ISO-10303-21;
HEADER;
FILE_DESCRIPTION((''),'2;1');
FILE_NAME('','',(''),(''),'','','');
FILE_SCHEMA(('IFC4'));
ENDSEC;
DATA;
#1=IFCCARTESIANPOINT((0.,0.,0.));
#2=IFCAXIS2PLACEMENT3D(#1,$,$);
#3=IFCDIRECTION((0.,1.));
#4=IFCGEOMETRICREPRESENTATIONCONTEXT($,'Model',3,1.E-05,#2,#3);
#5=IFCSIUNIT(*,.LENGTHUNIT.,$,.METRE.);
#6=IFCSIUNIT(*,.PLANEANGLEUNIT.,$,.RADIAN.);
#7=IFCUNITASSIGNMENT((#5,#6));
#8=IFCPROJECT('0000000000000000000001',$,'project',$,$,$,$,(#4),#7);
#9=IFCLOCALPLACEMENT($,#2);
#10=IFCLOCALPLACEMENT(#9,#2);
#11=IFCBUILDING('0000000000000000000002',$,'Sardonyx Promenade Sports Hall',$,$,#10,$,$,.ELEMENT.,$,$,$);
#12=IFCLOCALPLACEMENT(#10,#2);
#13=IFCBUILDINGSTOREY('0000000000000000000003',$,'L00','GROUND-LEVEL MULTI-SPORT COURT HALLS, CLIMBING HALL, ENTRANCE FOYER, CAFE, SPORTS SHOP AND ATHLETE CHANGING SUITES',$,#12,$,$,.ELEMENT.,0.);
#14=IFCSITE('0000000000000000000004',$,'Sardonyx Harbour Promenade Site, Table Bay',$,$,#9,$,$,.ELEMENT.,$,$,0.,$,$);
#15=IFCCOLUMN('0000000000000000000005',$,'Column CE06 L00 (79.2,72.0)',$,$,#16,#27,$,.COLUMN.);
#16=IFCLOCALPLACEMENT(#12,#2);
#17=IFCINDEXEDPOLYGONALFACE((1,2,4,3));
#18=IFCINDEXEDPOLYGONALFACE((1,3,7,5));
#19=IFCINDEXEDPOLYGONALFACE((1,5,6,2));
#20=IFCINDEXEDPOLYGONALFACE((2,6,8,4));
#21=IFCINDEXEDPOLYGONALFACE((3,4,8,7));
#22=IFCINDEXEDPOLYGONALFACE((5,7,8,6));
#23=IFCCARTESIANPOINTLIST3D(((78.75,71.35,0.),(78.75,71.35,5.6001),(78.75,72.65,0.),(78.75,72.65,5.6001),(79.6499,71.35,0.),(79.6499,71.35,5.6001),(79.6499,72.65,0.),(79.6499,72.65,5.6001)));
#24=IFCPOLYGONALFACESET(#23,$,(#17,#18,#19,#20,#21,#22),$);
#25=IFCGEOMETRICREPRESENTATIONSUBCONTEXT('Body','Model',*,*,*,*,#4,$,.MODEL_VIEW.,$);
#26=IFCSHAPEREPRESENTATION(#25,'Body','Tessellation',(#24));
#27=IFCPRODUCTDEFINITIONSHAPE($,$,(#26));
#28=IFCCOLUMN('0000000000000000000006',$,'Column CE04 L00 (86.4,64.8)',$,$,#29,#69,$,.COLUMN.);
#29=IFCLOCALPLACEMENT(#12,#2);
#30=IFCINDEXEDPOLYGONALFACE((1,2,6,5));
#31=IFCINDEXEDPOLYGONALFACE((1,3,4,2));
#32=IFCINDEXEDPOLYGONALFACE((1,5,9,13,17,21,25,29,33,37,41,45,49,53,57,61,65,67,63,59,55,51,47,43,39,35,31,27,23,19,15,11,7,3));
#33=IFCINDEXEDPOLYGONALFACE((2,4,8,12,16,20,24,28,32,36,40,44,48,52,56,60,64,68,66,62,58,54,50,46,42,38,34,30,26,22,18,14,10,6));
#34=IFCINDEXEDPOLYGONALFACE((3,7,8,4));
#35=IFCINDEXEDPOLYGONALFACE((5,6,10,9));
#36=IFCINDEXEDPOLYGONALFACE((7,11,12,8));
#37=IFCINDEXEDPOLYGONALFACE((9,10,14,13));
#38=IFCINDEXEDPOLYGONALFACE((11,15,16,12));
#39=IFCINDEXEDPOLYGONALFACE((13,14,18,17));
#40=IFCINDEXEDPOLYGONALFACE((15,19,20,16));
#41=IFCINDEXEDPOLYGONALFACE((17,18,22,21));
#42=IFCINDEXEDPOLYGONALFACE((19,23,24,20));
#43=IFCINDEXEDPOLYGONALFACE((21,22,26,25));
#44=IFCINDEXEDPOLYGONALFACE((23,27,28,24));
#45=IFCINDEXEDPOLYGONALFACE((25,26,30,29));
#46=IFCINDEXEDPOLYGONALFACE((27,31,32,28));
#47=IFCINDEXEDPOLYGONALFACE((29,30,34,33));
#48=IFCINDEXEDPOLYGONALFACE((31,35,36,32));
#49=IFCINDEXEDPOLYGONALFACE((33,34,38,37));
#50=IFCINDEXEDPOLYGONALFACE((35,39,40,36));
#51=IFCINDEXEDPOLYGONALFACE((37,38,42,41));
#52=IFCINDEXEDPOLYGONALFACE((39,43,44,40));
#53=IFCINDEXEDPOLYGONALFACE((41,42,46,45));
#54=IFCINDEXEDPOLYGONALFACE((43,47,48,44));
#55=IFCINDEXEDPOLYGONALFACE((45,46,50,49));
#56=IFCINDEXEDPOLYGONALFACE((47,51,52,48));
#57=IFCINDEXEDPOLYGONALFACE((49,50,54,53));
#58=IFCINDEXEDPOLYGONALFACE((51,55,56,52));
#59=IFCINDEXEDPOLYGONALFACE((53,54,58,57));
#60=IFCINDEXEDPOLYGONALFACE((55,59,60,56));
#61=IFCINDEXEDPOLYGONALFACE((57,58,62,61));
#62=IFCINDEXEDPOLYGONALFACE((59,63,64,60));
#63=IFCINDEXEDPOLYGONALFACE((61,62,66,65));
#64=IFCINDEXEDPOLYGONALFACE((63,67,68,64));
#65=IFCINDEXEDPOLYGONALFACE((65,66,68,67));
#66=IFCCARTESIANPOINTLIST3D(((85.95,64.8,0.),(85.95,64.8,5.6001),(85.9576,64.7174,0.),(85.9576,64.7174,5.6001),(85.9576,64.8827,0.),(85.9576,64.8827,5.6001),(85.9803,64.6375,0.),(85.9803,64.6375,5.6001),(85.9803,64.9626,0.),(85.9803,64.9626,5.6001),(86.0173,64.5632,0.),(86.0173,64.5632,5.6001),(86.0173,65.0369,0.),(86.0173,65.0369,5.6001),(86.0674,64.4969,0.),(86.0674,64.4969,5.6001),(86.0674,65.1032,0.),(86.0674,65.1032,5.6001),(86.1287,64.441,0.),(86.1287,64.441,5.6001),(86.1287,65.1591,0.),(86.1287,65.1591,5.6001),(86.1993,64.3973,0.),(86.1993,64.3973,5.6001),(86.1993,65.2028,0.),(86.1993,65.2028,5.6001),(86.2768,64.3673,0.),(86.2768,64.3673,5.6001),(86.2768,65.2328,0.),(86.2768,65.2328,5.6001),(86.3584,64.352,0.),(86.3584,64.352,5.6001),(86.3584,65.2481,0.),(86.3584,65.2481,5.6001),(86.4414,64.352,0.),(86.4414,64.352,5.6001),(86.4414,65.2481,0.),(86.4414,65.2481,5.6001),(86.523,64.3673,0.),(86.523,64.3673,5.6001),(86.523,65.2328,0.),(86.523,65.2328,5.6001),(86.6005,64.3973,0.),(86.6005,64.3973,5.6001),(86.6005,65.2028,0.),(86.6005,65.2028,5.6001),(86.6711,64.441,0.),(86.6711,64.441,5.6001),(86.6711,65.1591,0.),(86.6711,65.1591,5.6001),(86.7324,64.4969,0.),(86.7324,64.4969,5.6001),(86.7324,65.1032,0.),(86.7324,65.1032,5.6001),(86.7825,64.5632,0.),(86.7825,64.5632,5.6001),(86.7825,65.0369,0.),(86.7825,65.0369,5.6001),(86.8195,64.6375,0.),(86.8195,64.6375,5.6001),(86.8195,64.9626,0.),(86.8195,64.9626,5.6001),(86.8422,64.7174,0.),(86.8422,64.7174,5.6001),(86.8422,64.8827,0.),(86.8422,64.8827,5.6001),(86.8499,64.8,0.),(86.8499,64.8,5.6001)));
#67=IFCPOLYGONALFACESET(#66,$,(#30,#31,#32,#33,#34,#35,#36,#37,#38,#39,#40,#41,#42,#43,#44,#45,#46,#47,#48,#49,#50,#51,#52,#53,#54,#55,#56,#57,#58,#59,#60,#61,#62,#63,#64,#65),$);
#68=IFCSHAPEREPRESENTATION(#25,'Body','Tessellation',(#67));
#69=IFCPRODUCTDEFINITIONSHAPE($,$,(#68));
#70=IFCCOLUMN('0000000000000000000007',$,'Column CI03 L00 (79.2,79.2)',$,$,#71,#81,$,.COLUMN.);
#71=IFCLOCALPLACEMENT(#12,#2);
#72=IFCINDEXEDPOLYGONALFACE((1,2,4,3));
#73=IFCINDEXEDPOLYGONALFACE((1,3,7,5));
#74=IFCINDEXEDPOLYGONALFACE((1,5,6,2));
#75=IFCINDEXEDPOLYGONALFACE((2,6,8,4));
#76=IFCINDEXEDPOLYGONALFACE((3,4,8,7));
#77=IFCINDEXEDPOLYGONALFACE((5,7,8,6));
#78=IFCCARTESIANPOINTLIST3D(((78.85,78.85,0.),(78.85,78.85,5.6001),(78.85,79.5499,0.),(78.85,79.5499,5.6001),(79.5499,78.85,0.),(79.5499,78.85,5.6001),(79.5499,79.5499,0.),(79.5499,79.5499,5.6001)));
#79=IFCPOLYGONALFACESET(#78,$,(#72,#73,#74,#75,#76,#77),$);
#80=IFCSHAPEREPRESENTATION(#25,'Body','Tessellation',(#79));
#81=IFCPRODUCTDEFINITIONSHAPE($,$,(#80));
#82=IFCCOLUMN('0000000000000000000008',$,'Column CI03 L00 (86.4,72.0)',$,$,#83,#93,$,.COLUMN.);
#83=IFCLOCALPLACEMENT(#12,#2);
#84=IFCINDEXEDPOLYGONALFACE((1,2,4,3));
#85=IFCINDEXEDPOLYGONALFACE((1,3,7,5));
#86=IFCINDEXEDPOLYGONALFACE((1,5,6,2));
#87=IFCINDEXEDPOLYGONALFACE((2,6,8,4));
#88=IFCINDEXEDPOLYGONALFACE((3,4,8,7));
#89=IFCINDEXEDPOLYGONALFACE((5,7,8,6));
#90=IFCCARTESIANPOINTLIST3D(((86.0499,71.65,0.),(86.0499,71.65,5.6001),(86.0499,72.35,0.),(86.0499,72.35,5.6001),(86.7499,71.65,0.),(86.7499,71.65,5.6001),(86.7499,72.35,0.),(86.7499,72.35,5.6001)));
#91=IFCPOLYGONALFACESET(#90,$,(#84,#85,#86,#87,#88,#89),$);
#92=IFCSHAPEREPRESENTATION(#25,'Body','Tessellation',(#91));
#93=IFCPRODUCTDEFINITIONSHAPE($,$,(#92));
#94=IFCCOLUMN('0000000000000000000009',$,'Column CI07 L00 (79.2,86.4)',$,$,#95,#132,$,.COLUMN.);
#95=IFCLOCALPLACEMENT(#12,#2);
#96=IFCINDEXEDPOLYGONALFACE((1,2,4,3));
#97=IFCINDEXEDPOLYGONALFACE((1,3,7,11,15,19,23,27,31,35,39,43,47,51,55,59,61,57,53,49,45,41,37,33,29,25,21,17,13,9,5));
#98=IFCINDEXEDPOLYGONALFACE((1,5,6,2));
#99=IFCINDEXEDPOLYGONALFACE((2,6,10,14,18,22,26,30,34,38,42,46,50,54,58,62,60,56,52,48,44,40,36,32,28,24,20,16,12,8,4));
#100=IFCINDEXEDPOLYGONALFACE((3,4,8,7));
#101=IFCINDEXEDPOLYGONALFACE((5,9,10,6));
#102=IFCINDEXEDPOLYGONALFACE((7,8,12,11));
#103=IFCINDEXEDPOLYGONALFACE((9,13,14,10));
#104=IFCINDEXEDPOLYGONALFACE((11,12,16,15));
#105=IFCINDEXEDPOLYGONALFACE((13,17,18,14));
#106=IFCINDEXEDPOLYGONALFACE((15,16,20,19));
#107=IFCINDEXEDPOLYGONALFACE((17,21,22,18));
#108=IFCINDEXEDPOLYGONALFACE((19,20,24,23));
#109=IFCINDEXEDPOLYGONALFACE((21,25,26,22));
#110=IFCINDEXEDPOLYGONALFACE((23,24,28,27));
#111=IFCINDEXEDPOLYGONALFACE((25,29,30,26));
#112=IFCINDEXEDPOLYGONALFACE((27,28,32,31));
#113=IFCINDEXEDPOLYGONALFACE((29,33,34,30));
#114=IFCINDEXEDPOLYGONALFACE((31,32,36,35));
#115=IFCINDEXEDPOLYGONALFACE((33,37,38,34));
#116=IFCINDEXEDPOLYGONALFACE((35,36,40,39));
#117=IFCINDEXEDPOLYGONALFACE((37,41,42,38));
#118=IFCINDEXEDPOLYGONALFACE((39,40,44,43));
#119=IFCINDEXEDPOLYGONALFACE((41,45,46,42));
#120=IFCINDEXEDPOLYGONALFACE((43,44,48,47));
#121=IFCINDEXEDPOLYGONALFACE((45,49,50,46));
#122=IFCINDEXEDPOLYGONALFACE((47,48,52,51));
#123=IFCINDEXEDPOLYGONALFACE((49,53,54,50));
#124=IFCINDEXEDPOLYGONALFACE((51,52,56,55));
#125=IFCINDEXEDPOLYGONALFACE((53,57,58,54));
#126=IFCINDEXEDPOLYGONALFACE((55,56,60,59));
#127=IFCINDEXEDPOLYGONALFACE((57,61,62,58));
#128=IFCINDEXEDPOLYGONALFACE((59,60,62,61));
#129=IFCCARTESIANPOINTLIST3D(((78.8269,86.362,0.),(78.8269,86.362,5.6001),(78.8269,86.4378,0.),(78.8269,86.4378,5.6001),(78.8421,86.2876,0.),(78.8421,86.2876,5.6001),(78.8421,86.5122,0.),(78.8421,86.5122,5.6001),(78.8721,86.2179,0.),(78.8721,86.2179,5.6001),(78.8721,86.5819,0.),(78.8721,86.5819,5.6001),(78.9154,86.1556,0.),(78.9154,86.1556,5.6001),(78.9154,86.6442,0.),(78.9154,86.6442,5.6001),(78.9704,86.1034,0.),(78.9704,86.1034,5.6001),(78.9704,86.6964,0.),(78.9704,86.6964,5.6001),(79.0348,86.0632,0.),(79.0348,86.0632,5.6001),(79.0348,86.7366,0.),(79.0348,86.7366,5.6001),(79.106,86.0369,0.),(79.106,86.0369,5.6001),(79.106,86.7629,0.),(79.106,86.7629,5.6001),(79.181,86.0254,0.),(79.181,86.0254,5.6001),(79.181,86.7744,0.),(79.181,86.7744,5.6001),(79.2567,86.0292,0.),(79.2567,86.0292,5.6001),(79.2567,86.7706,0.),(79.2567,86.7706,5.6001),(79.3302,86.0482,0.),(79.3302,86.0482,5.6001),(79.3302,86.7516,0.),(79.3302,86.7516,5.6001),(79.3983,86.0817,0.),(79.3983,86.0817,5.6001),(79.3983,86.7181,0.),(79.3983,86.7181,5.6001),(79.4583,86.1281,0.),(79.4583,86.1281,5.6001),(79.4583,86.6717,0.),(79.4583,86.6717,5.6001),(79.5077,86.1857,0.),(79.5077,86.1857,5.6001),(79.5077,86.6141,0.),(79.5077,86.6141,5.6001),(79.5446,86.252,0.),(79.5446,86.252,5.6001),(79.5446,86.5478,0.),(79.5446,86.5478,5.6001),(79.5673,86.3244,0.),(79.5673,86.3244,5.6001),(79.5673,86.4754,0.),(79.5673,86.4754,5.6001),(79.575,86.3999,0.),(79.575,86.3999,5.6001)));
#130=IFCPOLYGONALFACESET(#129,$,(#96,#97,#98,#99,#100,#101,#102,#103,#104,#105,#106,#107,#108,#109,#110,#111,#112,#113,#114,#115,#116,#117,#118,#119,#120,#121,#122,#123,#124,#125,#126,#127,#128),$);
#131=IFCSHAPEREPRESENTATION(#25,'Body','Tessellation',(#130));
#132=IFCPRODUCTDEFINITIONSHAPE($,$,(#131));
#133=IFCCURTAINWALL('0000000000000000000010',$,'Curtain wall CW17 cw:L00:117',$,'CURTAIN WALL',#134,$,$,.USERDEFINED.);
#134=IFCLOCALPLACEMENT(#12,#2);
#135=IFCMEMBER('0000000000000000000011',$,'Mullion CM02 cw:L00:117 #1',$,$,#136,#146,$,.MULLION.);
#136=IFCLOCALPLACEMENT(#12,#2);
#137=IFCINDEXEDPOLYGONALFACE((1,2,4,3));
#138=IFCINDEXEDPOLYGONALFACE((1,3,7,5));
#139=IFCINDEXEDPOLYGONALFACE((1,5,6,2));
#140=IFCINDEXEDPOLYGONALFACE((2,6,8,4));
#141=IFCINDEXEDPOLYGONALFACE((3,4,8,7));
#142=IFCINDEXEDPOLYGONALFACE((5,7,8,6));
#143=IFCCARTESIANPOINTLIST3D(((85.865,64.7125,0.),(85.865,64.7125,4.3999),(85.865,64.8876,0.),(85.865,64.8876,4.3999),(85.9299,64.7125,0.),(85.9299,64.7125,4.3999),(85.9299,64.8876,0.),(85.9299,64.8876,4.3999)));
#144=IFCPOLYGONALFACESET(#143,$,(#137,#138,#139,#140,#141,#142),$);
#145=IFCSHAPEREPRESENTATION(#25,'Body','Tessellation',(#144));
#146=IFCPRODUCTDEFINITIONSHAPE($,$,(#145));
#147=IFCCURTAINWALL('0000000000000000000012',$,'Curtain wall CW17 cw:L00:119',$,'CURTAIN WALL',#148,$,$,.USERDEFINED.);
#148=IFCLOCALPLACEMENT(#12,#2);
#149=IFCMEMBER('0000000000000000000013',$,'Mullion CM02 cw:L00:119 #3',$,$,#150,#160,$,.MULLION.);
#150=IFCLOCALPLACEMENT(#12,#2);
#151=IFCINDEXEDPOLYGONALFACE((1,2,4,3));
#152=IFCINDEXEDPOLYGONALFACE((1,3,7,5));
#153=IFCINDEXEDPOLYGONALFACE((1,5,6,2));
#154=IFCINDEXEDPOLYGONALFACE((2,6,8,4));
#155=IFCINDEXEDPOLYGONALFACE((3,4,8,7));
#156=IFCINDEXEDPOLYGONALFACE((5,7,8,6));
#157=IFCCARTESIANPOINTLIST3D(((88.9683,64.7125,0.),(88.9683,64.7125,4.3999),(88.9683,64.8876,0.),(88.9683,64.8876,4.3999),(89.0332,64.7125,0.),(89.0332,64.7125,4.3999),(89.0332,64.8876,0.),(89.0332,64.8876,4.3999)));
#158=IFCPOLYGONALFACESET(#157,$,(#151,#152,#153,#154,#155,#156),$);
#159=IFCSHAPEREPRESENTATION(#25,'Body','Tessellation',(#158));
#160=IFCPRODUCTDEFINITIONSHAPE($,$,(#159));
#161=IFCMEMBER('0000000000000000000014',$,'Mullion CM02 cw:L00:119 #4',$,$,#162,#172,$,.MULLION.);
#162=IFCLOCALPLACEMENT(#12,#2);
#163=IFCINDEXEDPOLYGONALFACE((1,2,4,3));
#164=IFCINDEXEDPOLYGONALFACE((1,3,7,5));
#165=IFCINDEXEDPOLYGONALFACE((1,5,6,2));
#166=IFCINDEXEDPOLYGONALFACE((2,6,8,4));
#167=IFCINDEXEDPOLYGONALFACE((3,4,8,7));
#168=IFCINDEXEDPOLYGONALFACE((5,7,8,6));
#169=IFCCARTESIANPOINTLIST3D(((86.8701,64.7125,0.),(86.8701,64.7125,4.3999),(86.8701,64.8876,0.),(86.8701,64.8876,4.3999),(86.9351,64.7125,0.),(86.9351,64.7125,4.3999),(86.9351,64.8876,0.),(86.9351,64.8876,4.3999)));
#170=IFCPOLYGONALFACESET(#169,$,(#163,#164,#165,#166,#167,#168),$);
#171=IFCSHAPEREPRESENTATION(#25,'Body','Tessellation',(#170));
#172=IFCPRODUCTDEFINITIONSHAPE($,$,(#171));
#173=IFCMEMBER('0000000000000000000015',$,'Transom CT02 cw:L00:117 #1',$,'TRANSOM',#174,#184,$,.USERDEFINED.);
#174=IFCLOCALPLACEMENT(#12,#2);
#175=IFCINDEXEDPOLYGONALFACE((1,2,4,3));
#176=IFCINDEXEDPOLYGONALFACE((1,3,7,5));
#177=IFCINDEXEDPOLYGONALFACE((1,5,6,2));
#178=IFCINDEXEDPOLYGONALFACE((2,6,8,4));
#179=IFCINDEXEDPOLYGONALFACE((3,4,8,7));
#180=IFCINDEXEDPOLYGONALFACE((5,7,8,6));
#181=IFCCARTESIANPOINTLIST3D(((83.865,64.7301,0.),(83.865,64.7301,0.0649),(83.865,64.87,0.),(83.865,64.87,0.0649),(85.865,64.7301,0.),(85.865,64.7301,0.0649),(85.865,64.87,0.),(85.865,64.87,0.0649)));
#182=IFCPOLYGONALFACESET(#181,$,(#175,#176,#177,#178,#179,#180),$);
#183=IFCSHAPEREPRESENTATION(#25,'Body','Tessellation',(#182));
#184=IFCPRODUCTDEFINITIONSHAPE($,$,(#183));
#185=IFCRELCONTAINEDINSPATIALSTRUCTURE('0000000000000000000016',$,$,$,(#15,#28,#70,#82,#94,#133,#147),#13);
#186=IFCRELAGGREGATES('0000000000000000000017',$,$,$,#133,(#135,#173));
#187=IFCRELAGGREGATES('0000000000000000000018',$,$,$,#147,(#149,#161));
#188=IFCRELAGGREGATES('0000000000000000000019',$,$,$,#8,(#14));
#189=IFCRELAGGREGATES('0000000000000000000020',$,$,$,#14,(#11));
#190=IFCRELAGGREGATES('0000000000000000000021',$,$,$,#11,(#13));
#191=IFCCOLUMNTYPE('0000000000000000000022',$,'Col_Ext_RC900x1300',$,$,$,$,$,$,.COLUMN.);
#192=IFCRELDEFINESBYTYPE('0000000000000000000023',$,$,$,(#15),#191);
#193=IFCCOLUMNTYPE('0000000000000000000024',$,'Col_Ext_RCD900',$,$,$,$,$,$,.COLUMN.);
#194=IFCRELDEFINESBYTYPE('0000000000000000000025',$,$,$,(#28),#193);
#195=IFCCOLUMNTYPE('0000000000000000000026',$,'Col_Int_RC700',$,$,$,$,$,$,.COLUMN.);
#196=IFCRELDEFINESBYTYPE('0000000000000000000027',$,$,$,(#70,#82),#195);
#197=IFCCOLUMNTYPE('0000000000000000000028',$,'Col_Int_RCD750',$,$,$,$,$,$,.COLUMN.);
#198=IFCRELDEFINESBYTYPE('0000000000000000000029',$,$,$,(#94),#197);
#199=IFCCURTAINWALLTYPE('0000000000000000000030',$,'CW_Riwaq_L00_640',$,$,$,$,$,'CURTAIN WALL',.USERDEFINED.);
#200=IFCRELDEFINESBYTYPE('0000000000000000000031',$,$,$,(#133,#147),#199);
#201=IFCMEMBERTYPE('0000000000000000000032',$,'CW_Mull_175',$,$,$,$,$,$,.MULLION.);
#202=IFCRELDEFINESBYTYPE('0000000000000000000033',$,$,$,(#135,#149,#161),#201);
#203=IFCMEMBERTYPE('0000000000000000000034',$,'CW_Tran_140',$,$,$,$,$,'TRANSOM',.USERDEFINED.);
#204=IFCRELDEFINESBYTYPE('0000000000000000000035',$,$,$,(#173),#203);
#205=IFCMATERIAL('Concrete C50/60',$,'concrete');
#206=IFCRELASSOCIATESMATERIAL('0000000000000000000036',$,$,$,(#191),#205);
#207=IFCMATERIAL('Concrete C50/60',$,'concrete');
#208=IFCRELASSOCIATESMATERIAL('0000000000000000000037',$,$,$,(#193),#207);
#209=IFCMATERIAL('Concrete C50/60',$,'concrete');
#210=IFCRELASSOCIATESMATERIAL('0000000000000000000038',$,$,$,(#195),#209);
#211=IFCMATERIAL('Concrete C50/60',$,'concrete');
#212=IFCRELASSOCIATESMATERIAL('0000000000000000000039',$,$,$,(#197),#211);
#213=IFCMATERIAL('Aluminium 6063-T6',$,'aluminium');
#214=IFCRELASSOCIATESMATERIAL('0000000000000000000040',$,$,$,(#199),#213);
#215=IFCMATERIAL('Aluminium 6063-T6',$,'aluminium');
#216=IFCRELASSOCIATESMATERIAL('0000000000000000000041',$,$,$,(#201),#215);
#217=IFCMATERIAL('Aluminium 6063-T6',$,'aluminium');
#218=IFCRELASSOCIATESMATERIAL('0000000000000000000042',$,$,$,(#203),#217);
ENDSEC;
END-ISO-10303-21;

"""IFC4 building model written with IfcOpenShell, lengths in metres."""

from ifc_helpers import new_model, si_unit, direction, frame, origin, origin_2d, place, context, subcontext, project, spatial, rectangle, circle, extrude, material, material_profile, profile_set, type_object, element, aggregate, save


model = new_model("IFC4")

# Units and contexts
model_context = context("Model", 3, precision=1e-05, world=origin(), true_north=direction((0.0, 1.0)))
body_context = subcontext(model_context, "Body", "Model", "MODEL_VIEW")
ifc_project = project(units=[si_unit("LENGTHUNIT", "METRE"), si_unit("PLANEANGLEUNIT", "RADIAN")], contexts=[model_context])

# Site, building, storey
site_placement = place(None, origin())
site = spatial("IfcSite", under=ifc_project, at=site_placement, Name="Sardonyx Harbour Promenade Site, Table Bay", CompositionType="ELEMENT", RefElevation=0.0)
building_placement = place(site_placement, origin())
building = spatial("IfcBuilding", under=site, at=building_placement, Name="Sardonyx Promenade Sports Hall", CompositionType="ELEMENT")
storey_placement = place(building_placement, origin())
storey = spatial("IfcBuildingStorey", under=building, at=storey_placement, Name="L00", Description="GROUND-LEVEL MULTI-SPORT COURT HALLS, CLIMBING HALL, ENTRANCE FOYER, CAFE, SPORTS SHOP AND ATHLETE CHANGING SUITES", CompositionType="ELEMENT", Elevation=0.0)

# Columns
ifc_material_1 = material(Name="Concrete C50/60", Category="concrete")
ifc_material_profile_1 = material_profile(ifc_material_1, rectangle(XDim=0.8999, YDim=1.3, at=origin_2d()))
ifc_profile_set_1 = profile_set([ifc_material_profile_1], Name="Concrete C50/60")
column_type_1 = type_object("IfcColumnType", Name="Col_Ext_RC900x1300", PredefinedType="COLUMN", material=ifc_profile_set_1)
column_1_placement = place(storey_placement, frame((79.2, 72.0, 0.0), z_axis=(0.0, 0.0, 1.0), x_axis=(1.0, 0.0, 0.0)))
element("IfcColumn", 1, at=column_1_placement, inside=storey, type_object=column_type_1, Name="Column CE06 L00 (79.2,72.0)", PredefinedType="COLUMN", context=body_context, shape_type="SweptSolid", body=[
    extrude(rectangle(XDim=0.8999, YDim=1.3, at=origin_2d()), origin(), (0.0, 0.0, 1.0), 5.6001),
])
ifc_material_2 = material(Name="Concrete C50/60", Category="concrete")
ifc_material_profile_2 = material_profile(ifc_material_2, circle(Radius=0.45, at=origin_2d()))
ifc_profile_set_2 = profile_set([ifc_material_profile_2], Name="Concrete C50/60")
column_type_2 = type_object("IfcColumnType", Name="Col_Ext_RCD900", PredefinedType="COLUMN", material=ifc_profile_set_2)
column_2_placement = place(storey_placement, frame((86.3999, 64.8, 0.0), z_axis=(0.0, 0.0, 1.0), x_axis=(1.0, 0.0, 0.0)))
element("IfcColumn", 2, at=column_2_placement, inside=storey, type_object=column_type_2, Name="Column CE04 L00 (86.4,64.8)", PredefinedType="COLUMN", context=body_context, shape_type="SweptSolid", body=[
    extrude(circle(Radius=0.45, at=origin_2d()), origin(), (0.0, 0.0, 1.0), 5.6001),
])
ifc_material_3 = material(Name="Concrete C50/60", Category="concrete")
ifc_material_profile_3 = material_profile(ifc_material_3, rectangle(XDim=0.7, YDim=0.7, at=origin_2d()))
ifc_profile_set_3 = profile_set([ifc_material_profile_3], Name="Concrete C50/60")
column_type_3 = type_object("IfcColumnType", Name="Col_Int_RC700", PredefinedType="COLUMN", material=ifc_profile_set_3)
for number, where, z_axis, x_axis, name in (
    (3, (79.2, 79.2, 0.0), (0.0, 0.0, 1.0), (1.0, 0.0, 0.0), "Column CI03 L00 (79.2,79.2)"),
    (4, (86.3999, 72.0, 0.0), (0.0, 0.0, 1.0), (1.0, 0.0, 0.0), "Column CI03 L00 (86.4,72.0)"),
):
    element("IfcColumn", number, at=place(storey_placement, frame(where, z_axis=z_axis, x_axis=x_axis)), inside=storey, type_object=column_type_3, Name=name, PredefinedType="COLUMN", context=body_context, shape_type="SweptSolid", body=[
        extrude(rectangle(XDim=0.7, YDim=0.7, at=origin_2d()), origin(), (0.0, 0.0, 1.0), 5.6001),
    ])
ifc_material_4 = material(Name="Concrete C50/60", Category="concrete")
ifc_material_profile_4 = material_profile(ifc_material_4, circle(Radius=0.375, at=origin_2d()))
ifc_profile_set_4 = profile_set([ifc_material_profile_4], Name="Concrete C50/60")
column_type_4 = type_object("IfcColumnType", Name="Col_Int_RCD750", PredefinedType="COLUMN", material=ifc_profile_set_4)
column_3_placement = place(storey_placement, frame((79.2, 86.3999, 0.0), z_axis=(0.0, 0.0, 1.0), x_axis=(1.0, 0.0, 0.0)))
element("IfcColumn", 5, at=column_3_placement, inside=storey, type_object=column_type_4, Name="Column CI07 L00 (79.2,86.4)", PredefinedType="COLUMN", context=body_context, shape_type="SweptSolid", body=[
    extrude(circle(Radius=0.375, at=origin_2d()), origin(), (0.0, 0.0, 1.0), 5.6001),
])

# Curtain wall, member
ifc_material_5 = material(Name="Aluminium 6063-T6", Category="aluminium")
curtain_wall_type = type_object("IfcCurtainWallType", Name="CW_Riwaq_L00_640", ElementType="CURTAIN WALL", PredefinedType="USERDEFINED", material=ifc_material_5)
curtain_wall_1_placement = place(storey_placement, origin())
curtain_wall_1 = element("IfcCurtainWall", 6, at=curtain_wall_1_placement, inside=storey, type_object=curtain_wall_type, Name="Curtain wall CW17 cw:L00:117", ObjectType="CURTAIN WALL", PredefinedType="USERDEFINED")
ifc_material_6 = material(Name="Aluminium 6063-T6", Category="aluminium")
ifc_material_profile_5 = material_profile(ifc_material_6, rectangle(XDim=0.0649, YDim=0.175, at=origin_2d()))
ifc_profile_set_5 = profile_set([ifc_material_profile_5], Name="Aluminium 6063-T6")
member_type_1 = type_object("IfcMemberType", Name="CW_Mull_175", PredefinedType="MULLION", material=ifc_profile_set_5)
member_1_placement = place(storey_placement, frame((85.8975, 64.8, 0.0), z_axis=(0.0, 0.0, 1.0), x_axis=(-1.0, 0.0, 0.0)))
member_1 = element("IfcMember", 7, at=member_1_placement, type_object=member_type_1, Name="Mullion CM02 cw:L00:117 #1", PredefinedType="MULLION", context=body_context, shape_type="SweptSolid", body=[
    extrude(rectangle(XDim=0.0649, YDim=0.175, at=origin_2d()), origin(), (0.0, 0.0, 1.0), 4.3999),
])

# Curtain wall, members
curtain_wall_2_placement = place(storey_placement, origin())
curtain_wall_2 = element("IfcCurtainWall", 8, at=curtain_wall_2_placement, inside=storey, type_object=curtain_wall_type, Name="Curtain wall CW17 cw:L00:119", ObjectType="CURTAIN WALL", PredefinedType="USERDEFINED")
member_2_placement = place(storey_placement, frame((89.0007, 64.8, 0.0), z_axis=(0.0, 0.0, 1.0), x_axis=(-1.0, 0.0, 0.0)))
member_2 = element("IfcMember", 9, at=member_2_placement, type_object=member_type_1, Name="Mullion CM02 cw:L00:119 #3", PredefinedType="MULLION", context=body_context, shape_type="SweptSolid", body=[
    extrude(rectangle(XDim=0.0649, YDim=0.175, at=origin_2d()), origin(), (0.0, 0.0, 1.0), 4.3999),
])
member_3_placement = place(storey_placement, frame((86.9026, 64.8, 0.0), z_axis=(0.0, 0.0, 1.0), x_axis=(-1.0, 0.0, 0.0)))
member_3 = element("IfcMember", 10, at=member_3_placement, type_object=member_type_1, Name="Mullion CM02 cw:L00:119 #4", PredefinedType="MULLION", context=body_context, shape_type="SweptSolid", body=[
    extrude(rectangle(XDim=0.0649, YDim=0.175, at=origin_2d()), origin(), (0.0, 0.0, 1.0), 4.3999),
])

# Member
ifc_material_7 = material(Name="Aluminium 6063-T6", Category="aluminium")
ifc_material_profile_6 = material_profile(ifc_material_7, rectangle(XDim=0.0649, YDim=0.1399, at=origin_2d()))
ifc_profile_set_6 = profile_set([ifc_material_profile_6], Name="Aluminium 6063-T6")
member_type_2 = type_object("IfcMemberType", Name="CW_Tran_140", ElementType="TRANSOM", PredefinedType="USERDEFINED", material=ifc_profile_set_6)
member_4_placement = place(storey_placement, frame((85.865, 64.8, 0.0325), z_axis=(-1.0, 0.0, 0.0), x_axis=(0.0, 0.0, 1.0)))
member_4 = element("IfcMember", 11, at=member_4_placement, type_object=member_type_2, Name="Transom CT02 cw:L00:117 #1", ObjectType="TRANSOM", PredefinedType="USERDEFINED", context=body_context, shape_type="SweptSolid", body=[
    extrude(rectangle(XDim=0.0649, YDim=0.1399, at=origin_2d()), origin(), (0.0, 0.0, 1.0), 2.0),
])

aggregate(curtain_wall_1, [member_1, member_4])
aggregate(curtain_wall_2, [member_2, member_3])

save(model, "model.ifc")
